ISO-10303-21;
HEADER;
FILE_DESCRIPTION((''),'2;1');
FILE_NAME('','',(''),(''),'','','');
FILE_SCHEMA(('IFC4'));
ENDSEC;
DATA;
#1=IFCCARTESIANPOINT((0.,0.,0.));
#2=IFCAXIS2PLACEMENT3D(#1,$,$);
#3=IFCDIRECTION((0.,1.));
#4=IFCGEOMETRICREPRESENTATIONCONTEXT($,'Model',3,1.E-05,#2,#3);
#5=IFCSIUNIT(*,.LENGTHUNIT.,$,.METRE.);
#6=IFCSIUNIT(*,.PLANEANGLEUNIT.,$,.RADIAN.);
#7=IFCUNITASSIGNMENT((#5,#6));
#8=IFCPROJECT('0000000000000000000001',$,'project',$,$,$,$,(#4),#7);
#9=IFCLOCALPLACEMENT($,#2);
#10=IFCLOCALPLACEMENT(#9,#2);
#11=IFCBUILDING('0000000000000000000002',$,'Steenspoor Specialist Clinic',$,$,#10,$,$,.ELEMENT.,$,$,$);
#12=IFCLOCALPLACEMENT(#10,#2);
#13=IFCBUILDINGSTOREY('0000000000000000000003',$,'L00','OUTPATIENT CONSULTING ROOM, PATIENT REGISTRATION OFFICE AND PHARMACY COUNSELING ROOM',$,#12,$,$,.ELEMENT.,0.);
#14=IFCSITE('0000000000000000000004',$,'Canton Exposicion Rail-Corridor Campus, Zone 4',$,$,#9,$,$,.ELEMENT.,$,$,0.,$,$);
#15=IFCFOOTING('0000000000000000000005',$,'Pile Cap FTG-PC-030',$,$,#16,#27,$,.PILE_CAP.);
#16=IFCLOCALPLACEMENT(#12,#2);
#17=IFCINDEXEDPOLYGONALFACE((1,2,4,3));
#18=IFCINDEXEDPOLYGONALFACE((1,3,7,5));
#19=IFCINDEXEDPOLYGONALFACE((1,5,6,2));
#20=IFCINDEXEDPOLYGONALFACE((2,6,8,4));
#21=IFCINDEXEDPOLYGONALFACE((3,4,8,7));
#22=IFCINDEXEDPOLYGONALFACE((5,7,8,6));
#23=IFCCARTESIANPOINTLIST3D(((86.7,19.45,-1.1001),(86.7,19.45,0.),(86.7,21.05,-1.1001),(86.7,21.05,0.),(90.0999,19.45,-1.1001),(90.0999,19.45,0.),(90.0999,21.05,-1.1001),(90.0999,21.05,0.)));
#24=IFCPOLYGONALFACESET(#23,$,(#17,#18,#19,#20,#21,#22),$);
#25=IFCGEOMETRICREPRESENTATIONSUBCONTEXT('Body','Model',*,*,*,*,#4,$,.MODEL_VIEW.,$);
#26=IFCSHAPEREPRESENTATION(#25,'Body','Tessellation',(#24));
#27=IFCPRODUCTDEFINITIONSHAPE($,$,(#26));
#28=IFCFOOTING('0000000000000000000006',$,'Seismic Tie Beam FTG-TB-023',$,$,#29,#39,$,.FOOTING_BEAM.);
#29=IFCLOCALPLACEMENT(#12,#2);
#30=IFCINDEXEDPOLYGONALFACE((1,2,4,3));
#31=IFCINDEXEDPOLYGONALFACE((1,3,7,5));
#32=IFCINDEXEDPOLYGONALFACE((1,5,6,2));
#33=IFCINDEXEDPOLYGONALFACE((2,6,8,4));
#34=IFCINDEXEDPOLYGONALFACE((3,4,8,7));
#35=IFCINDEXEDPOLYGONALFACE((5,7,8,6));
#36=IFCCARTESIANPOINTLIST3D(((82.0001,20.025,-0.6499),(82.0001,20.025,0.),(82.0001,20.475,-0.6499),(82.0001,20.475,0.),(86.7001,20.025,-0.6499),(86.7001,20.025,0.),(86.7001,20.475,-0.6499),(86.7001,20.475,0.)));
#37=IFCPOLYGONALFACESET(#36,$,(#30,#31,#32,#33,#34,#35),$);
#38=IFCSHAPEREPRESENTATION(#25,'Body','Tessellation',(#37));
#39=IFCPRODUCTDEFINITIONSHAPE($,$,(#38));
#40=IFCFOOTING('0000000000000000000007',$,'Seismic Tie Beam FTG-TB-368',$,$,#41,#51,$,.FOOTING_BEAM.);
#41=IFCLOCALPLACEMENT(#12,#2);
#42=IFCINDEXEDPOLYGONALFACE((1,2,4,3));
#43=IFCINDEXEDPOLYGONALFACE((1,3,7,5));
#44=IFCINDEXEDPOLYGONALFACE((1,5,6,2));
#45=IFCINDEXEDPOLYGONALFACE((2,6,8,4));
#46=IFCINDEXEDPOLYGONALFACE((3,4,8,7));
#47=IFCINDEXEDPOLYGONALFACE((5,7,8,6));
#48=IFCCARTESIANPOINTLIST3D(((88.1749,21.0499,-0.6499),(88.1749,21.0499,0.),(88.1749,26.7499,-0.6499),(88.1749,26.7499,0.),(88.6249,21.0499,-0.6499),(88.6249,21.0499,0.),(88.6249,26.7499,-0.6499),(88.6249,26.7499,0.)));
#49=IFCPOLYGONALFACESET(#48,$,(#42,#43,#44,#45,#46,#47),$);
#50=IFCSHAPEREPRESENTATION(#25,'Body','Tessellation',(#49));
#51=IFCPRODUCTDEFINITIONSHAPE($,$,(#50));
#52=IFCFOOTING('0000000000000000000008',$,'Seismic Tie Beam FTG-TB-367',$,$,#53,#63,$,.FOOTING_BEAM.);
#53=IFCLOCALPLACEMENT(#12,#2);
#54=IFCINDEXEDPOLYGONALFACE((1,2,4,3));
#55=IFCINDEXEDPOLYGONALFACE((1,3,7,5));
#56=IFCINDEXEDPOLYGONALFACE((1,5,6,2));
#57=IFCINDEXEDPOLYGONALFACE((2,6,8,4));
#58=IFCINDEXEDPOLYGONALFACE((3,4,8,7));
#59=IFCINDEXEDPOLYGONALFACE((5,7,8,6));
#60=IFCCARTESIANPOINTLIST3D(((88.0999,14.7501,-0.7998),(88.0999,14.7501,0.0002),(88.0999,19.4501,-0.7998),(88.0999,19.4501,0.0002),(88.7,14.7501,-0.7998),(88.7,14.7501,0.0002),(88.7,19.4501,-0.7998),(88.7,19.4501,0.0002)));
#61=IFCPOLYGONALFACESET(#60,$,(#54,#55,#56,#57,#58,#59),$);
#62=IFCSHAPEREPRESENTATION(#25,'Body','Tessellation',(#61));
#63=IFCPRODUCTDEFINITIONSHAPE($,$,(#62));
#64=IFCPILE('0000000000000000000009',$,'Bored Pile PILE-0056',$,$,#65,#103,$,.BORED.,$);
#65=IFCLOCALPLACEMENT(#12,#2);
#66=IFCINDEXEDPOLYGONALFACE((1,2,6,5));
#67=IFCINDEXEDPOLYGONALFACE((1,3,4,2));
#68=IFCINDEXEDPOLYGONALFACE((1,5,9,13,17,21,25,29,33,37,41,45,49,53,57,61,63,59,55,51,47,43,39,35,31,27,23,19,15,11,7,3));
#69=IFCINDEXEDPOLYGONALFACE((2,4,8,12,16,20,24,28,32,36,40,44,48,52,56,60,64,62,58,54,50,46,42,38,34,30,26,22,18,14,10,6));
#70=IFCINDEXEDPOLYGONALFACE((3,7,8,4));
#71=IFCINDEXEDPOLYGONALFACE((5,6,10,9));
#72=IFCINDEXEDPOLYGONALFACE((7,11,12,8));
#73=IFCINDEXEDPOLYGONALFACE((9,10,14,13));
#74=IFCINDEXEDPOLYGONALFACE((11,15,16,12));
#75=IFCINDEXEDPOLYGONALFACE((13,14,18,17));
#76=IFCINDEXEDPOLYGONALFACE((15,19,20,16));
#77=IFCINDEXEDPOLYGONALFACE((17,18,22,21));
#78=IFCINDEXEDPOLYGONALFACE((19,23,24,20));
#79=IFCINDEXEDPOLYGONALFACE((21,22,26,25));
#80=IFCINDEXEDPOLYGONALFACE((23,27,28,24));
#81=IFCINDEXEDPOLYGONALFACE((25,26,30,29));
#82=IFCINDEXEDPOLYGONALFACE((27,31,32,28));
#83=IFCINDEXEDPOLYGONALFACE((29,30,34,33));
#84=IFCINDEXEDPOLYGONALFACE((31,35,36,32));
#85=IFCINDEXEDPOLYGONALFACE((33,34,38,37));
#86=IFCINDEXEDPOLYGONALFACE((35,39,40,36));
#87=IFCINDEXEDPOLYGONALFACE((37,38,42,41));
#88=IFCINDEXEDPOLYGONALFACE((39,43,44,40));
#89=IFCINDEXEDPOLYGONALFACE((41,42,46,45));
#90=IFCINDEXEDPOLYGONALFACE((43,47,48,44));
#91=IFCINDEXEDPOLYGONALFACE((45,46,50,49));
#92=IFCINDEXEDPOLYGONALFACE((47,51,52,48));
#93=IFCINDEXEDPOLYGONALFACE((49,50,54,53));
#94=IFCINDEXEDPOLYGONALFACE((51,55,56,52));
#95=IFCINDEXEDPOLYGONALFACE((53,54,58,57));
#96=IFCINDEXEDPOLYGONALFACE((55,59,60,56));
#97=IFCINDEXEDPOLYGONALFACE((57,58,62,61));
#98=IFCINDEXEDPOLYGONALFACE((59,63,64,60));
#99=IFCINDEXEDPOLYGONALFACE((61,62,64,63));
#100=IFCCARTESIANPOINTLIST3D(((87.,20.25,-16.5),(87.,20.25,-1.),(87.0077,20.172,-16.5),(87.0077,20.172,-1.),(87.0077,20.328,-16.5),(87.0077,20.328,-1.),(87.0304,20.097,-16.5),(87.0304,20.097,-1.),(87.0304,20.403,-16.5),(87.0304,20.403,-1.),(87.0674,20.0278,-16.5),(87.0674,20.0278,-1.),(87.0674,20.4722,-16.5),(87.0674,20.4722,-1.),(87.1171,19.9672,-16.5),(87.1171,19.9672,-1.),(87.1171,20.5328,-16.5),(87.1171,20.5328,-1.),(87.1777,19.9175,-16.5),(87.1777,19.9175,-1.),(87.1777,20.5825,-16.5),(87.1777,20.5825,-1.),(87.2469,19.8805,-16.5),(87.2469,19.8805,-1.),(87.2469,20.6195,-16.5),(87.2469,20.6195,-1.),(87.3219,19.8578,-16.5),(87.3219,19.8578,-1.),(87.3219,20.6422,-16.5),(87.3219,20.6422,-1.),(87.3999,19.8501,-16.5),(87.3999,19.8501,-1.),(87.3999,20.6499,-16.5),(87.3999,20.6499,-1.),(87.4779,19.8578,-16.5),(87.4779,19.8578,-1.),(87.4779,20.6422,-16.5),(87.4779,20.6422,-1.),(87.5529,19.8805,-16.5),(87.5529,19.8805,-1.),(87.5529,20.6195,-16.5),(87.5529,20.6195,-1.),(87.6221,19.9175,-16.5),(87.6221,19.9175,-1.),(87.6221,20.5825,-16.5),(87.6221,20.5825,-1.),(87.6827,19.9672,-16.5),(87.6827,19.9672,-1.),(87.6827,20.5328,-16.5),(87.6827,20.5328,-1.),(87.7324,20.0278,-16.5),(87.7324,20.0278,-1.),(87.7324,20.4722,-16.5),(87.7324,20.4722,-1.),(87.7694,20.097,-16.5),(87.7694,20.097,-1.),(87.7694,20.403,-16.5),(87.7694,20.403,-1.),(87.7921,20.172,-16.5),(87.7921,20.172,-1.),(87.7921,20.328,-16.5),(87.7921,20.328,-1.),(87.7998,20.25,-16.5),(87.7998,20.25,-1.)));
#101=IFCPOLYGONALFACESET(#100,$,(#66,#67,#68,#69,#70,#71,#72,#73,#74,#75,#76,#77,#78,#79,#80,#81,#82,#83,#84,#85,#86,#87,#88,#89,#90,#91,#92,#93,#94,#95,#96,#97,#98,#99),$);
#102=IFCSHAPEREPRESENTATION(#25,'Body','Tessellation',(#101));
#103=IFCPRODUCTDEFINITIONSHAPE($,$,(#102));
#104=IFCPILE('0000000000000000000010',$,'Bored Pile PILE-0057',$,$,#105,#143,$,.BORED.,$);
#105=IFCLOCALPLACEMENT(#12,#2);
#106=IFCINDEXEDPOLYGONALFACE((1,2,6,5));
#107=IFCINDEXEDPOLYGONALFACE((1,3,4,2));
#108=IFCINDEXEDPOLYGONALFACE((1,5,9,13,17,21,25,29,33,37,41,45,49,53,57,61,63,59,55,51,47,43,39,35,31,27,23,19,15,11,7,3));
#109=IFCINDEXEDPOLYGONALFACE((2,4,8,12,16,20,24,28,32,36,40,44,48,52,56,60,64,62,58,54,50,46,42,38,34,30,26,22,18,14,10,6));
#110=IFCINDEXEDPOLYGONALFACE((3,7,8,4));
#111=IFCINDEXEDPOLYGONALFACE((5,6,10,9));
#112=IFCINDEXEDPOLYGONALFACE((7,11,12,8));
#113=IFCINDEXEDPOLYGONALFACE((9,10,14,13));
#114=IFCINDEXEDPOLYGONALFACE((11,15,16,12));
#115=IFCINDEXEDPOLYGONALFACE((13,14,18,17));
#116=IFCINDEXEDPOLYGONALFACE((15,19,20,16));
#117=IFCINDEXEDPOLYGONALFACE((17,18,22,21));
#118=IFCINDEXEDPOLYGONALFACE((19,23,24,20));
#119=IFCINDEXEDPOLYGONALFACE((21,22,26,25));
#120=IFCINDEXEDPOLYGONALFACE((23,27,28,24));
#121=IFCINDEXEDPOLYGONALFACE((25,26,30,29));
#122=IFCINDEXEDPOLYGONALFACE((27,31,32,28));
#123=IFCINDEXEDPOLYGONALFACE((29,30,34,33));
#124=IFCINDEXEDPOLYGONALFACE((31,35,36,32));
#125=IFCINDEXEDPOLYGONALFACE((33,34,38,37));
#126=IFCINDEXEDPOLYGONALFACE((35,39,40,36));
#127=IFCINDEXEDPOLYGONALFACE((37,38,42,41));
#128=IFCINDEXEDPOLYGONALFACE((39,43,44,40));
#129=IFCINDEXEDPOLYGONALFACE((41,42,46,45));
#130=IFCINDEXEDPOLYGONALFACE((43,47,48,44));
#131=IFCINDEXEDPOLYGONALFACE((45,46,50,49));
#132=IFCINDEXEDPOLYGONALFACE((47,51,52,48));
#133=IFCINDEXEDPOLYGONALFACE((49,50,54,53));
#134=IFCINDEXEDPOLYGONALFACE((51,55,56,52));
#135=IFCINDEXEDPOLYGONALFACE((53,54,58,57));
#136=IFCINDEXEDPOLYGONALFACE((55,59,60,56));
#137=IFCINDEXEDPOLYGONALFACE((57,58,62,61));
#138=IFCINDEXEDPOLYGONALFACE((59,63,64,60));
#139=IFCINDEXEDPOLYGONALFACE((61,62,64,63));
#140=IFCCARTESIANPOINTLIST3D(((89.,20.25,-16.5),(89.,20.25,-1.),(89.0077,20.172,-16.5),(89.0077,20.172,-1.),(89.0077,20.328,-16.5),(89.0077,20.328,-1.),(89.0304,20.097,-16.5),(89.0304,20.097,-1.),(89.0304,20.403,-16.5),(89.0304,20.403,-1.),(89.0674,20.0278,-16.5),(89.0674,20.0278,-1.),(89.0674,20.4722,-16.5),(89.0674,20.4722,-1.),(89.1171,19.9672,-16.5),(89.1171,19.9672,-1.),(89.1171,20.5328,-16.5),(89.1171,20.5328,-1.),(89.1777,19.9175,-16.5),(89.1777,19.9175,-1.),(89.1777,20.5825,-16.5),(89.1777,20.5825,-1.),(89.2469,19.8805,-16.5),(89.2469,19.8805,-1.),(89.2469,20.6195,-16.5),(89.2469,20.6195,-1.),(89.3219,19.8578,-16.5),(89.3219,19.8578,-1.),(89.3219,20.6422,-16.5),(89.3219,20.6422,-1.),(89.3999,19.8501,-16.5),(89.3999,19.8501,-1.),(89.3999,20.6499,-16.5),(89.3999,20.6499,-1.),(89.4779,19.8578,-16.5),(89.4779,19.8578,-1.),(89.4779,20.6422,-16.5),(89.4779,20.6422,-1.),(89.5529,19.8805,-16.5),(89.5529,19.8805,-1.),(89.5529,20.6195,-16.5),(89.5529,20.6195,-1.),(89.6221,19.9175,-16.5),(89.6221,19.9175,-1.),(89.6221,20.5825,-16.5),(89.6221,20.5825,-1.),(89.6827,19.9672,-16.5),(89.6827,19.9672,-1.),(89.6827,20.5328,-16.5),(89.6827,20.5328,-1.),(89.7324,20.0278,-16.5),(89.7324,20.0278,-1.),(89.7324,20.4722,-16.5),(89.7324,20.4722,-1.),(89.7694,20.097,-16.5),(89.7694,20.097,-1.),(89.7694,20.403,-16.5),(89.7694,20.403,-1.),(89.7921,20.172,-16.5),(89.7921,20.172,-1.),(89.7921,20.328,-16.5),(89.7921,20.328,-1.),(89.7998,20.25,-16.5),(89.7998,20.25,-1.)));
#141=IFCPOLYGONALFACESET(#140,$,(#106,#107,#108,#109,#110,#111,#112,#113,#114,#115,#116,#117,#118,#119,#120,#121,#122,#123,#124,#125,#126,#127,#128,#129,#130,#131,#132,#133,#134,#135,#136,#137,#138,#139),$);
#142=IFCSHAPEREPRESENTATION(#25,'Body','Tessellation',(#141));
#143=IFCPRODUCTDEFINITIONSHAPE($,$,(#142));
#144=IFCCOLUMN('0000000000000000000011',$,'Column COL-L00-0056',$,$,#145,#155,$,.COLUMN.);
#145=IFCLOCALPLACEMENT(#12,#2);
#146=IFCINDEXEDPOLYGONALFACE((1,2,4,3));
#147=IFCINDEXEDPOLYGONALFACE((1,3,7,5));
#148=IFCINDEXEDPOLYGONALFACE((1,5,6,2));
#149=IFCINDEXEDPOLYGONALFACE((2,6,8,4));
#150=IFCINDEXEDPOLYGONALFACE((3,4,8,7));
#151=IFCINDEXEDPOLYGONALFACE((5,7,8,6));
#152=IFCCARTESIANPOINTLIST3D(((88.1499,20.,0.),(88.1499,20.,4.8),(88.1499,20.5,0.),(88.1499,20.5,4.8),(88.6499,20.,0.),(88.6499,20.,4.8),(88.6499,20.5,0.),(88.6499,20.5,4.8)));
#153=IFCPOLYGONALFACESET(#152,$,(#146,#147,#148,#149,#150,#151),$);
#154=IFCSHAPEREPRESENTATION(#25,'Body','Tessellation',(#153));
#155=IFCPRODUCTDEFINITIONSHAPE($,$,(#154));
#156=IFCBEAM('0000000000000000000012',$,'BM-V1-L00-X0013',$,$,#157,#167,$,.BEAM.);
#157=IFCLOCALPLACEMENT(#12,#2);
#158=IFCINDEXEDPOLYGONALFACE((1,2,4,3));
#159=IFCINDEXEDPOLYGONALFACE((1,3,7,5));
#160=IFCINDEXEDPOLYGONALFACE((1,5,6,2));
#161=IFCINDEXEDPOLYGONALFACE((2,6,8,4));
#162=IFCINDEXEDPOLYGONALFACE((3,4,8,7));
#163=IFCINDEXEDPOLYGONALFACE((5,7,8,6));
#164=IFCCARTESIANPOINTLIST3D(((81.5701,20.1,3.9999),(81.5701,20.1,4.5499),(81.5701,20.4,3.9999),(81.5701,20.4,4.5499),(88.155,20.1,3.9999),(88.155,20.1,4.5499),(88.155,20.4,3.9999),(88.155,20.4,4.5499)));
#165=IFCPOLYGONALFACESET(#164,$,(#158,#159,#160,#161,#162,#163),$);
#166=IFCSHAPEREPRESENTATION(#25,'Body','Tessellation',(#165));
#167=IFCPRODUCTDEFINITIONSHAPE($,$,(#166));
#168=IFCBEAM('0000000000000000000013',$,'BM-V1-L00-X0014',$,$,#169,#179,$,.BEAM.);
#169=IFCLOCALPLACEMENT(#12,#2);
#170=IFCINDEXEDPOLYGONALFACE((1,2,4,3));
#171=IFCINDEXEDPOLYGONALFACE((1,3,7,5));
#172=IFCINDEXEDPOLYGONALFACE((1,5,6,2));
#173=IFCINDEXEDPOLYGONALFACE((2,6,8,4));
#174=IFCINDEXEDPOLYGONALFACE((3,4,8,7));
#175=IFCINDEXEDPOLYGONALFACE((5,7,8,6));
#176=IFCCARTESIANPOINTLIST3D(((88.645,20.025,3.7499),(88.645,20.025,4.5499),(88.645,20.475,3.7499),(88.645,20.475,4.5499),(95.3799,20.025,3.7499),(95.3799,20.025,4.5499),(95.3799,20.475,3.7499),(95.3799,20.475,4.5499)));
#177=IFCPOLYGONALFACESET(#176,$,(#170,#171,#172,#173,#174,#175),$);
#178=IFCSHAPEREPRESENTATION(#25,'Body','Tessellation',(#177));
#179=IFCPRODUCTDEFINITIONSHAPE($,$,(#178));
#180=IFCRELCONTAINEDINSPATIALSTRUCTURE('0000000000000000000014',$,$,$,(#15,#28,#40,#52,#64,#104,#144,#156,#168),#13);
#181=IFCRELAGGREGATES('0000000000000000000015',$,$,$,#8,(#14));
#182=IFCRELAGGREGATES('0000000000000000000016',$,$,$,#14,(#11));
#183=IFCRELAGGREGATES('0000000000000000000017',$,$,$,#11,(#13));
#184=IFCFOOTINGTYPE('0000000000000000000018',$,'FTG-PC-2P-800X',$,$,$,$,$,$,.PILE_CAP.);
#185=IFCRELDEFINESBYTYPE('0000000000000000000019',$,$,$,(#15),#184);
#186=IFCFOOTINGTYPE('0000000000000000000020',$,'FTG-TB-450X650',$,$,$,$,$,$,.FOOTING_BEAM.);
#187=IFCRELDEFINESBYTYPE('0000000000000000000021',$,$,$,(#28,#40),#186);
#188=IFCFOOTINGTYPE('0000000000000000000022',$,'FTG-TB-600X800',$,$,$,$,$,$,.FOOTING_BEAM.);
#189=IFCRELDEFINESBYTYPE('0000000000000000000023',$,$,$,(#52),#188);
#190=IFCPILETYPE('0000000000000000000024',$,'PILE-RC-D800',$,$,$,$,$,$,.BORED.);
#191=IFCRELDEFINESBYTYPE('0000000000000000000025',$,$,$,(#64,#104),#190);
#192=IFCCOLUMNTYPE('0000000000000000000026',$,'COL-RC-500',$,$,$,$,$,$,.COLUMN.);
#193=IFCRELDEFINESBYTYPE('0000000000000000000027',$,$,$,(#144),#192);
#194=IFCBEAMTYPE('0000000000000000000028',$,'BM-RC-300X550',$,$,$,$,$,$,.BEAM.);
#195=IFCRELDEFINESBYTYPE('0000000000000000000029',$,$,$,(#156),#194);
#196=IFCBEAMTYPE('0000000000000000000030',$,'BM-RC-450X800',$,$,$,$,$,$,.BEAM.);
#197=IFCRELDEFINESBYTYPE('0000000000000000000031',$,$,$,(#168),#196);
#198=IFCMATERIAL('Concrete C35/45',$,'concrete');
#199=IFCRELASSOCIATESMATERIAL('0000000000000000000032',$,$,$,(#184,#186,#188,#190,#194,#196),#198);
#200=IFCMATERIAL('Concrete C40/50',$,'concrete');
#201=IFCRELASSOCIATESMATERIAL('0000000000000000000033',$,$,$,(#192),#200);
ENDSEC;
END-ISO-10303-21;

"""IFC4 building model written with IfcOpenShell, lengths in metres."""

from ifc_helpers import new_model, si_unit, direction, frame, origin, origin_2d, place, context, subcontext, project, spatial, rectangle, circle, extrude, material, material_profile, profile_set, type_object, element, save


model = new_model("IFC4")

# Units and contexts
model_context = context("Model", 3, precision=1e-05, world=origin(), true_north=direction((0.0, 1.0)))
body_context = subcontext(model_context, "Body", "Model", "MODEL_VIEW")
ifc_project = project(units=[si_unit("LENGTHUNIT", "METRE"), si_unit("PLANEANGLEUNIT", "RADIAN")], contexts=[model_context])

# Site, building, storey
site_placement = place(None, origin())
site = spatial("IfcSite", under=ifc_project, at=site_placement, Name="Canton Exposicion Rail-Corridor Campus, Zone 4", CompositionType="ELEMENT", RefElevation=0.0)
building_placement = place(site_placement, origin())
building = spatial("IfcBuilding", under=site, at=building_placement, Name="Steenspoor Specialist Clinic", CompositionType="ELEMENT")
storey_placement = place(building_placement, origin())
storey = spatial("IfcBuildingStorey", under=building, at=storey_placement, Name="L00", Description="OUTPATIENT CONSULTING ROOM, PATIENT REGISTRATION OFFICE AND PHARMACY COUNSELING ROOM", CompositionType="ELEMENT", Elevation=0.0)

# Footings
ifc_material_1 = material(Name="Concrete C35/45", Category="concrete")
footing_type_1 = type_object("IfcFootingType", Name="FTG-PC-2P-800X", PredefinedType="PILE_CAP", material=ifc_material_1)
footing_1_placement = place(storey_placement, frame((88.3999, 20.25, -1.1001), z_axis=(0.0, 0.0, 1.0), x_axis=(1.0, 0.0, 0.0)))
element("IfcFooting", 1, at=footing_1_placement, inside=storey, type_object=footing_type_1, Name="Pile Cap FTG-PC-030", PredefinedType="PILE_CAP", context=body_context, shape_type="SweptSolid", body=[
    extrude(rectangle(XDim=3.3999, YDim=1.6001, at=origin_2d()), origin(), (0.0, 0.0, 1.0), 1.1001),
])
footing_type_2 = type_object("IfcFootingType", Name="FTG-TB-450X650", PredefinedType="FOOTING_BEAM", material=ifc_material_1)
footing_2_placement = place(storey_placement, frame((84.3501, 20.25, -0.6499), z_axis=(0.0, 0.0, 1.0), x_axis=(1.0, 0.0, 0.0)))
element("IfcFooting", 2, at=footing_2_placement, inside=storey, type_object=footing_type_2, Name="Seismic Tie Beam FTG-TB-023", PredefinedType="FOOTING_BEAM", context=body_context, shape_type="SweptSolid", body=[
    extrude(rectangle(XDim=4.7, YDim=0.45, at=origin_2d()), origin(), (0.0, 0.0, 1.0), 0.6499),
])
footing_3_placement = place(storey_placement, frame((88.3999, 23.8999, -0.6499), z_axis=(0.0, 0.0, 1.0), x_axis=(1.0, 0.0, 0.0)))
element("IfcFooting", 3, at=footing_3_placement, inside=storey, type_object=footing_type_2, Name="Seismic Tie Beam FTG-TB-368", PredefinedType="FOOTING_BEAM", context=body_context, shape_type="SweptSolid", body=[
    extrude(rectangle(XDim=0.45, YDim=5.7, at=origin_2d()), origin(), (0.0, 0.0, 1.0), 0.6499),
])
footing_type_3 = type_object("IfcFootingType", Name="FTG-TB-600X800", PredefinedType="FOOTING_BEAM", material=ifc_material_1)
footing_4_placement = place(storey_placement, frame((88.3999, 17.1001, -0.7998), z_axis=(0.0, 0.0, 1.0), x_axis=(1.0, 0.0, 0.0)))
element("IfcFooting", 4, at=footing_4_placement, inside=storey, type_object=footing_type_3, Name="Seismic Tie Beam FTG-TB-367", PredefinedType="FOOTING_BEAM", context=body_context, shape_type="SweptSolid", body=[
    extrude(rectangle(XDim=0.6001, YDim=4.7, at=origin_2d()), origin(), (0.0, 0.0, 1.0), 0.8),
])

# Piles
ifc_material_profile_1 = material_profile(ifc_material_1, circle(Radius=0.3999, at=origin_2d()), Name="PILE-D800")
ifc_profile_set_1 = profile_set([ifc_material_profile_1], Name="Concrete C35/45")
pile_type = type_object("IfcPileType", Name="PILE-RC-D800", PredefinedType="BORED", material=ifc_profile_set_1)
for number, where, z_axis, x_axis, name in (
    (5, (87.3999, 20.25, -1.0), (0.0, 0.0, -1.0), (1.0, 0.0, 0.0), "Bored Pile PILE-0056"),
    (6, (89.3999, 20.25, -1.0), (0.0, 0.0, -1.0), (1.0, 0.0, 0.0), "Bored Pile PILE-0057"),
):
    element("IfcPile", number, at=place(storey_placement, frame(where, z_axis=z_axis, x_axis=x_axis)), inside=storey, type_object=pile_type, Name=name, PredefinedType="BORED", context=body_context, shape_type="SweptSolid", body=[
        extrude(circle(Radius=0.3999, at=origin_2d()), origin(), (0.0, 0.0, 1.0), 15.5),
    ])

# Column
ifc_material_2 = material(Name="Concrete C40/50", Category="concrete")
ifc_material_profile_2 = material_profile(ifc_material_2, rectangle(XDim=0.5, YDim=0.5, at=origin_2d()), Name="RC-COL-500X500")
ifc_profile_set_2 = profile_set([ifc_material_profile_2], Name="Concrete C40/50")
column_type = type_object("IfcColumnType", Name="COL-RC-500", PredefinedType="COLUMN", material=ifc_profile_set_2)
column_placement = place(storey_placement, frame((88.3999, 20.25, 0.0), z_axis=(0.0, 0.0, 1.0), x_axis=(1.0, 0.0, 0.0)))
element("IfcColumn", 7, at=column_placement, inside=storey, type_object=column_type, Name="Column COL-L00-0056", PredefinedType="COLUMN", context=body_context, shape_type="SweptSolid", body=[
    extrude(rectangle(XDim=0.5, YDim=0.5, at=origin_2d()), origin(), (0.0, 0.0, 1.0), 4.8),
])

# Beams
ifc_material_profile_3 = material_profile(ifc_material_1, rectangle(XDim=0.3, YDim=0.55, at=origin_2d()), Name="RC-BM-300X550")
ifc_profile_set_3 = profile_set([ifc_material_profile_3], Name="Concrete C35/45")
beam_type_1 = type_object("IfcBeamType", Name="BM-RC-300X550", PredefinedType="BEAM", material=ifc_profile_set_3)
beam_1_placement = place(storey_placement, frame((81.5701, 20.25, 4.2749), z_axis=(1.0, 0.0, 0.0), x_axis=(0.0, 1.0, 0.0)))
element("IfcBeam", 8, at=beam_1_placement, inside=storey, type_object=beam_type_1, Name="BM-V1-L00-X0013", PredefinedType="BEAM", context=body_context, shape_type="SweptSolid", body=[
    extrude(rectangle(XDim=0.3, YDim=0.55, at=origin_2d()), origin(), (0.0, 0.0, 1.0), 6.585),
])
ifc_material_profile_4 = material_profile(ifc_material_1, rectangle(XDim=0.45, YDim=0.8, at=origin_2d()), Name="RC-BM-450X800")
ifc_profile_set_4 = profile_set([ifc_material_profile_4], Name="Concrete C35/45")
beam_type_2 = type_object("IfcBeamType", Name="BM-RC-450X800", PredefinedType="BEAM", material=ifc_profile_set_4)
beam_2_placement = place(storey_placement, frame((88.645, 20.25, 4.1499), z_axis=(1.0, 0.0, 0.0), x_axis=(0.0, 1.0, 0.0)))
element("IfcBeam", 9, at=beam_2_placement, inside=storey, type_object=beam_type_2, Name="BM-V1-L00-X0014", PredefinedType="BEAM", context=body_context, shape_type="SweptSolid", body=[
    extrude(rectangle(XDim=0.45, YDim=0.8, at=origin_2d()), origin(), (0.0, 0.0, 1.0), 6.7349),
])

save(model, "model.ifc")
